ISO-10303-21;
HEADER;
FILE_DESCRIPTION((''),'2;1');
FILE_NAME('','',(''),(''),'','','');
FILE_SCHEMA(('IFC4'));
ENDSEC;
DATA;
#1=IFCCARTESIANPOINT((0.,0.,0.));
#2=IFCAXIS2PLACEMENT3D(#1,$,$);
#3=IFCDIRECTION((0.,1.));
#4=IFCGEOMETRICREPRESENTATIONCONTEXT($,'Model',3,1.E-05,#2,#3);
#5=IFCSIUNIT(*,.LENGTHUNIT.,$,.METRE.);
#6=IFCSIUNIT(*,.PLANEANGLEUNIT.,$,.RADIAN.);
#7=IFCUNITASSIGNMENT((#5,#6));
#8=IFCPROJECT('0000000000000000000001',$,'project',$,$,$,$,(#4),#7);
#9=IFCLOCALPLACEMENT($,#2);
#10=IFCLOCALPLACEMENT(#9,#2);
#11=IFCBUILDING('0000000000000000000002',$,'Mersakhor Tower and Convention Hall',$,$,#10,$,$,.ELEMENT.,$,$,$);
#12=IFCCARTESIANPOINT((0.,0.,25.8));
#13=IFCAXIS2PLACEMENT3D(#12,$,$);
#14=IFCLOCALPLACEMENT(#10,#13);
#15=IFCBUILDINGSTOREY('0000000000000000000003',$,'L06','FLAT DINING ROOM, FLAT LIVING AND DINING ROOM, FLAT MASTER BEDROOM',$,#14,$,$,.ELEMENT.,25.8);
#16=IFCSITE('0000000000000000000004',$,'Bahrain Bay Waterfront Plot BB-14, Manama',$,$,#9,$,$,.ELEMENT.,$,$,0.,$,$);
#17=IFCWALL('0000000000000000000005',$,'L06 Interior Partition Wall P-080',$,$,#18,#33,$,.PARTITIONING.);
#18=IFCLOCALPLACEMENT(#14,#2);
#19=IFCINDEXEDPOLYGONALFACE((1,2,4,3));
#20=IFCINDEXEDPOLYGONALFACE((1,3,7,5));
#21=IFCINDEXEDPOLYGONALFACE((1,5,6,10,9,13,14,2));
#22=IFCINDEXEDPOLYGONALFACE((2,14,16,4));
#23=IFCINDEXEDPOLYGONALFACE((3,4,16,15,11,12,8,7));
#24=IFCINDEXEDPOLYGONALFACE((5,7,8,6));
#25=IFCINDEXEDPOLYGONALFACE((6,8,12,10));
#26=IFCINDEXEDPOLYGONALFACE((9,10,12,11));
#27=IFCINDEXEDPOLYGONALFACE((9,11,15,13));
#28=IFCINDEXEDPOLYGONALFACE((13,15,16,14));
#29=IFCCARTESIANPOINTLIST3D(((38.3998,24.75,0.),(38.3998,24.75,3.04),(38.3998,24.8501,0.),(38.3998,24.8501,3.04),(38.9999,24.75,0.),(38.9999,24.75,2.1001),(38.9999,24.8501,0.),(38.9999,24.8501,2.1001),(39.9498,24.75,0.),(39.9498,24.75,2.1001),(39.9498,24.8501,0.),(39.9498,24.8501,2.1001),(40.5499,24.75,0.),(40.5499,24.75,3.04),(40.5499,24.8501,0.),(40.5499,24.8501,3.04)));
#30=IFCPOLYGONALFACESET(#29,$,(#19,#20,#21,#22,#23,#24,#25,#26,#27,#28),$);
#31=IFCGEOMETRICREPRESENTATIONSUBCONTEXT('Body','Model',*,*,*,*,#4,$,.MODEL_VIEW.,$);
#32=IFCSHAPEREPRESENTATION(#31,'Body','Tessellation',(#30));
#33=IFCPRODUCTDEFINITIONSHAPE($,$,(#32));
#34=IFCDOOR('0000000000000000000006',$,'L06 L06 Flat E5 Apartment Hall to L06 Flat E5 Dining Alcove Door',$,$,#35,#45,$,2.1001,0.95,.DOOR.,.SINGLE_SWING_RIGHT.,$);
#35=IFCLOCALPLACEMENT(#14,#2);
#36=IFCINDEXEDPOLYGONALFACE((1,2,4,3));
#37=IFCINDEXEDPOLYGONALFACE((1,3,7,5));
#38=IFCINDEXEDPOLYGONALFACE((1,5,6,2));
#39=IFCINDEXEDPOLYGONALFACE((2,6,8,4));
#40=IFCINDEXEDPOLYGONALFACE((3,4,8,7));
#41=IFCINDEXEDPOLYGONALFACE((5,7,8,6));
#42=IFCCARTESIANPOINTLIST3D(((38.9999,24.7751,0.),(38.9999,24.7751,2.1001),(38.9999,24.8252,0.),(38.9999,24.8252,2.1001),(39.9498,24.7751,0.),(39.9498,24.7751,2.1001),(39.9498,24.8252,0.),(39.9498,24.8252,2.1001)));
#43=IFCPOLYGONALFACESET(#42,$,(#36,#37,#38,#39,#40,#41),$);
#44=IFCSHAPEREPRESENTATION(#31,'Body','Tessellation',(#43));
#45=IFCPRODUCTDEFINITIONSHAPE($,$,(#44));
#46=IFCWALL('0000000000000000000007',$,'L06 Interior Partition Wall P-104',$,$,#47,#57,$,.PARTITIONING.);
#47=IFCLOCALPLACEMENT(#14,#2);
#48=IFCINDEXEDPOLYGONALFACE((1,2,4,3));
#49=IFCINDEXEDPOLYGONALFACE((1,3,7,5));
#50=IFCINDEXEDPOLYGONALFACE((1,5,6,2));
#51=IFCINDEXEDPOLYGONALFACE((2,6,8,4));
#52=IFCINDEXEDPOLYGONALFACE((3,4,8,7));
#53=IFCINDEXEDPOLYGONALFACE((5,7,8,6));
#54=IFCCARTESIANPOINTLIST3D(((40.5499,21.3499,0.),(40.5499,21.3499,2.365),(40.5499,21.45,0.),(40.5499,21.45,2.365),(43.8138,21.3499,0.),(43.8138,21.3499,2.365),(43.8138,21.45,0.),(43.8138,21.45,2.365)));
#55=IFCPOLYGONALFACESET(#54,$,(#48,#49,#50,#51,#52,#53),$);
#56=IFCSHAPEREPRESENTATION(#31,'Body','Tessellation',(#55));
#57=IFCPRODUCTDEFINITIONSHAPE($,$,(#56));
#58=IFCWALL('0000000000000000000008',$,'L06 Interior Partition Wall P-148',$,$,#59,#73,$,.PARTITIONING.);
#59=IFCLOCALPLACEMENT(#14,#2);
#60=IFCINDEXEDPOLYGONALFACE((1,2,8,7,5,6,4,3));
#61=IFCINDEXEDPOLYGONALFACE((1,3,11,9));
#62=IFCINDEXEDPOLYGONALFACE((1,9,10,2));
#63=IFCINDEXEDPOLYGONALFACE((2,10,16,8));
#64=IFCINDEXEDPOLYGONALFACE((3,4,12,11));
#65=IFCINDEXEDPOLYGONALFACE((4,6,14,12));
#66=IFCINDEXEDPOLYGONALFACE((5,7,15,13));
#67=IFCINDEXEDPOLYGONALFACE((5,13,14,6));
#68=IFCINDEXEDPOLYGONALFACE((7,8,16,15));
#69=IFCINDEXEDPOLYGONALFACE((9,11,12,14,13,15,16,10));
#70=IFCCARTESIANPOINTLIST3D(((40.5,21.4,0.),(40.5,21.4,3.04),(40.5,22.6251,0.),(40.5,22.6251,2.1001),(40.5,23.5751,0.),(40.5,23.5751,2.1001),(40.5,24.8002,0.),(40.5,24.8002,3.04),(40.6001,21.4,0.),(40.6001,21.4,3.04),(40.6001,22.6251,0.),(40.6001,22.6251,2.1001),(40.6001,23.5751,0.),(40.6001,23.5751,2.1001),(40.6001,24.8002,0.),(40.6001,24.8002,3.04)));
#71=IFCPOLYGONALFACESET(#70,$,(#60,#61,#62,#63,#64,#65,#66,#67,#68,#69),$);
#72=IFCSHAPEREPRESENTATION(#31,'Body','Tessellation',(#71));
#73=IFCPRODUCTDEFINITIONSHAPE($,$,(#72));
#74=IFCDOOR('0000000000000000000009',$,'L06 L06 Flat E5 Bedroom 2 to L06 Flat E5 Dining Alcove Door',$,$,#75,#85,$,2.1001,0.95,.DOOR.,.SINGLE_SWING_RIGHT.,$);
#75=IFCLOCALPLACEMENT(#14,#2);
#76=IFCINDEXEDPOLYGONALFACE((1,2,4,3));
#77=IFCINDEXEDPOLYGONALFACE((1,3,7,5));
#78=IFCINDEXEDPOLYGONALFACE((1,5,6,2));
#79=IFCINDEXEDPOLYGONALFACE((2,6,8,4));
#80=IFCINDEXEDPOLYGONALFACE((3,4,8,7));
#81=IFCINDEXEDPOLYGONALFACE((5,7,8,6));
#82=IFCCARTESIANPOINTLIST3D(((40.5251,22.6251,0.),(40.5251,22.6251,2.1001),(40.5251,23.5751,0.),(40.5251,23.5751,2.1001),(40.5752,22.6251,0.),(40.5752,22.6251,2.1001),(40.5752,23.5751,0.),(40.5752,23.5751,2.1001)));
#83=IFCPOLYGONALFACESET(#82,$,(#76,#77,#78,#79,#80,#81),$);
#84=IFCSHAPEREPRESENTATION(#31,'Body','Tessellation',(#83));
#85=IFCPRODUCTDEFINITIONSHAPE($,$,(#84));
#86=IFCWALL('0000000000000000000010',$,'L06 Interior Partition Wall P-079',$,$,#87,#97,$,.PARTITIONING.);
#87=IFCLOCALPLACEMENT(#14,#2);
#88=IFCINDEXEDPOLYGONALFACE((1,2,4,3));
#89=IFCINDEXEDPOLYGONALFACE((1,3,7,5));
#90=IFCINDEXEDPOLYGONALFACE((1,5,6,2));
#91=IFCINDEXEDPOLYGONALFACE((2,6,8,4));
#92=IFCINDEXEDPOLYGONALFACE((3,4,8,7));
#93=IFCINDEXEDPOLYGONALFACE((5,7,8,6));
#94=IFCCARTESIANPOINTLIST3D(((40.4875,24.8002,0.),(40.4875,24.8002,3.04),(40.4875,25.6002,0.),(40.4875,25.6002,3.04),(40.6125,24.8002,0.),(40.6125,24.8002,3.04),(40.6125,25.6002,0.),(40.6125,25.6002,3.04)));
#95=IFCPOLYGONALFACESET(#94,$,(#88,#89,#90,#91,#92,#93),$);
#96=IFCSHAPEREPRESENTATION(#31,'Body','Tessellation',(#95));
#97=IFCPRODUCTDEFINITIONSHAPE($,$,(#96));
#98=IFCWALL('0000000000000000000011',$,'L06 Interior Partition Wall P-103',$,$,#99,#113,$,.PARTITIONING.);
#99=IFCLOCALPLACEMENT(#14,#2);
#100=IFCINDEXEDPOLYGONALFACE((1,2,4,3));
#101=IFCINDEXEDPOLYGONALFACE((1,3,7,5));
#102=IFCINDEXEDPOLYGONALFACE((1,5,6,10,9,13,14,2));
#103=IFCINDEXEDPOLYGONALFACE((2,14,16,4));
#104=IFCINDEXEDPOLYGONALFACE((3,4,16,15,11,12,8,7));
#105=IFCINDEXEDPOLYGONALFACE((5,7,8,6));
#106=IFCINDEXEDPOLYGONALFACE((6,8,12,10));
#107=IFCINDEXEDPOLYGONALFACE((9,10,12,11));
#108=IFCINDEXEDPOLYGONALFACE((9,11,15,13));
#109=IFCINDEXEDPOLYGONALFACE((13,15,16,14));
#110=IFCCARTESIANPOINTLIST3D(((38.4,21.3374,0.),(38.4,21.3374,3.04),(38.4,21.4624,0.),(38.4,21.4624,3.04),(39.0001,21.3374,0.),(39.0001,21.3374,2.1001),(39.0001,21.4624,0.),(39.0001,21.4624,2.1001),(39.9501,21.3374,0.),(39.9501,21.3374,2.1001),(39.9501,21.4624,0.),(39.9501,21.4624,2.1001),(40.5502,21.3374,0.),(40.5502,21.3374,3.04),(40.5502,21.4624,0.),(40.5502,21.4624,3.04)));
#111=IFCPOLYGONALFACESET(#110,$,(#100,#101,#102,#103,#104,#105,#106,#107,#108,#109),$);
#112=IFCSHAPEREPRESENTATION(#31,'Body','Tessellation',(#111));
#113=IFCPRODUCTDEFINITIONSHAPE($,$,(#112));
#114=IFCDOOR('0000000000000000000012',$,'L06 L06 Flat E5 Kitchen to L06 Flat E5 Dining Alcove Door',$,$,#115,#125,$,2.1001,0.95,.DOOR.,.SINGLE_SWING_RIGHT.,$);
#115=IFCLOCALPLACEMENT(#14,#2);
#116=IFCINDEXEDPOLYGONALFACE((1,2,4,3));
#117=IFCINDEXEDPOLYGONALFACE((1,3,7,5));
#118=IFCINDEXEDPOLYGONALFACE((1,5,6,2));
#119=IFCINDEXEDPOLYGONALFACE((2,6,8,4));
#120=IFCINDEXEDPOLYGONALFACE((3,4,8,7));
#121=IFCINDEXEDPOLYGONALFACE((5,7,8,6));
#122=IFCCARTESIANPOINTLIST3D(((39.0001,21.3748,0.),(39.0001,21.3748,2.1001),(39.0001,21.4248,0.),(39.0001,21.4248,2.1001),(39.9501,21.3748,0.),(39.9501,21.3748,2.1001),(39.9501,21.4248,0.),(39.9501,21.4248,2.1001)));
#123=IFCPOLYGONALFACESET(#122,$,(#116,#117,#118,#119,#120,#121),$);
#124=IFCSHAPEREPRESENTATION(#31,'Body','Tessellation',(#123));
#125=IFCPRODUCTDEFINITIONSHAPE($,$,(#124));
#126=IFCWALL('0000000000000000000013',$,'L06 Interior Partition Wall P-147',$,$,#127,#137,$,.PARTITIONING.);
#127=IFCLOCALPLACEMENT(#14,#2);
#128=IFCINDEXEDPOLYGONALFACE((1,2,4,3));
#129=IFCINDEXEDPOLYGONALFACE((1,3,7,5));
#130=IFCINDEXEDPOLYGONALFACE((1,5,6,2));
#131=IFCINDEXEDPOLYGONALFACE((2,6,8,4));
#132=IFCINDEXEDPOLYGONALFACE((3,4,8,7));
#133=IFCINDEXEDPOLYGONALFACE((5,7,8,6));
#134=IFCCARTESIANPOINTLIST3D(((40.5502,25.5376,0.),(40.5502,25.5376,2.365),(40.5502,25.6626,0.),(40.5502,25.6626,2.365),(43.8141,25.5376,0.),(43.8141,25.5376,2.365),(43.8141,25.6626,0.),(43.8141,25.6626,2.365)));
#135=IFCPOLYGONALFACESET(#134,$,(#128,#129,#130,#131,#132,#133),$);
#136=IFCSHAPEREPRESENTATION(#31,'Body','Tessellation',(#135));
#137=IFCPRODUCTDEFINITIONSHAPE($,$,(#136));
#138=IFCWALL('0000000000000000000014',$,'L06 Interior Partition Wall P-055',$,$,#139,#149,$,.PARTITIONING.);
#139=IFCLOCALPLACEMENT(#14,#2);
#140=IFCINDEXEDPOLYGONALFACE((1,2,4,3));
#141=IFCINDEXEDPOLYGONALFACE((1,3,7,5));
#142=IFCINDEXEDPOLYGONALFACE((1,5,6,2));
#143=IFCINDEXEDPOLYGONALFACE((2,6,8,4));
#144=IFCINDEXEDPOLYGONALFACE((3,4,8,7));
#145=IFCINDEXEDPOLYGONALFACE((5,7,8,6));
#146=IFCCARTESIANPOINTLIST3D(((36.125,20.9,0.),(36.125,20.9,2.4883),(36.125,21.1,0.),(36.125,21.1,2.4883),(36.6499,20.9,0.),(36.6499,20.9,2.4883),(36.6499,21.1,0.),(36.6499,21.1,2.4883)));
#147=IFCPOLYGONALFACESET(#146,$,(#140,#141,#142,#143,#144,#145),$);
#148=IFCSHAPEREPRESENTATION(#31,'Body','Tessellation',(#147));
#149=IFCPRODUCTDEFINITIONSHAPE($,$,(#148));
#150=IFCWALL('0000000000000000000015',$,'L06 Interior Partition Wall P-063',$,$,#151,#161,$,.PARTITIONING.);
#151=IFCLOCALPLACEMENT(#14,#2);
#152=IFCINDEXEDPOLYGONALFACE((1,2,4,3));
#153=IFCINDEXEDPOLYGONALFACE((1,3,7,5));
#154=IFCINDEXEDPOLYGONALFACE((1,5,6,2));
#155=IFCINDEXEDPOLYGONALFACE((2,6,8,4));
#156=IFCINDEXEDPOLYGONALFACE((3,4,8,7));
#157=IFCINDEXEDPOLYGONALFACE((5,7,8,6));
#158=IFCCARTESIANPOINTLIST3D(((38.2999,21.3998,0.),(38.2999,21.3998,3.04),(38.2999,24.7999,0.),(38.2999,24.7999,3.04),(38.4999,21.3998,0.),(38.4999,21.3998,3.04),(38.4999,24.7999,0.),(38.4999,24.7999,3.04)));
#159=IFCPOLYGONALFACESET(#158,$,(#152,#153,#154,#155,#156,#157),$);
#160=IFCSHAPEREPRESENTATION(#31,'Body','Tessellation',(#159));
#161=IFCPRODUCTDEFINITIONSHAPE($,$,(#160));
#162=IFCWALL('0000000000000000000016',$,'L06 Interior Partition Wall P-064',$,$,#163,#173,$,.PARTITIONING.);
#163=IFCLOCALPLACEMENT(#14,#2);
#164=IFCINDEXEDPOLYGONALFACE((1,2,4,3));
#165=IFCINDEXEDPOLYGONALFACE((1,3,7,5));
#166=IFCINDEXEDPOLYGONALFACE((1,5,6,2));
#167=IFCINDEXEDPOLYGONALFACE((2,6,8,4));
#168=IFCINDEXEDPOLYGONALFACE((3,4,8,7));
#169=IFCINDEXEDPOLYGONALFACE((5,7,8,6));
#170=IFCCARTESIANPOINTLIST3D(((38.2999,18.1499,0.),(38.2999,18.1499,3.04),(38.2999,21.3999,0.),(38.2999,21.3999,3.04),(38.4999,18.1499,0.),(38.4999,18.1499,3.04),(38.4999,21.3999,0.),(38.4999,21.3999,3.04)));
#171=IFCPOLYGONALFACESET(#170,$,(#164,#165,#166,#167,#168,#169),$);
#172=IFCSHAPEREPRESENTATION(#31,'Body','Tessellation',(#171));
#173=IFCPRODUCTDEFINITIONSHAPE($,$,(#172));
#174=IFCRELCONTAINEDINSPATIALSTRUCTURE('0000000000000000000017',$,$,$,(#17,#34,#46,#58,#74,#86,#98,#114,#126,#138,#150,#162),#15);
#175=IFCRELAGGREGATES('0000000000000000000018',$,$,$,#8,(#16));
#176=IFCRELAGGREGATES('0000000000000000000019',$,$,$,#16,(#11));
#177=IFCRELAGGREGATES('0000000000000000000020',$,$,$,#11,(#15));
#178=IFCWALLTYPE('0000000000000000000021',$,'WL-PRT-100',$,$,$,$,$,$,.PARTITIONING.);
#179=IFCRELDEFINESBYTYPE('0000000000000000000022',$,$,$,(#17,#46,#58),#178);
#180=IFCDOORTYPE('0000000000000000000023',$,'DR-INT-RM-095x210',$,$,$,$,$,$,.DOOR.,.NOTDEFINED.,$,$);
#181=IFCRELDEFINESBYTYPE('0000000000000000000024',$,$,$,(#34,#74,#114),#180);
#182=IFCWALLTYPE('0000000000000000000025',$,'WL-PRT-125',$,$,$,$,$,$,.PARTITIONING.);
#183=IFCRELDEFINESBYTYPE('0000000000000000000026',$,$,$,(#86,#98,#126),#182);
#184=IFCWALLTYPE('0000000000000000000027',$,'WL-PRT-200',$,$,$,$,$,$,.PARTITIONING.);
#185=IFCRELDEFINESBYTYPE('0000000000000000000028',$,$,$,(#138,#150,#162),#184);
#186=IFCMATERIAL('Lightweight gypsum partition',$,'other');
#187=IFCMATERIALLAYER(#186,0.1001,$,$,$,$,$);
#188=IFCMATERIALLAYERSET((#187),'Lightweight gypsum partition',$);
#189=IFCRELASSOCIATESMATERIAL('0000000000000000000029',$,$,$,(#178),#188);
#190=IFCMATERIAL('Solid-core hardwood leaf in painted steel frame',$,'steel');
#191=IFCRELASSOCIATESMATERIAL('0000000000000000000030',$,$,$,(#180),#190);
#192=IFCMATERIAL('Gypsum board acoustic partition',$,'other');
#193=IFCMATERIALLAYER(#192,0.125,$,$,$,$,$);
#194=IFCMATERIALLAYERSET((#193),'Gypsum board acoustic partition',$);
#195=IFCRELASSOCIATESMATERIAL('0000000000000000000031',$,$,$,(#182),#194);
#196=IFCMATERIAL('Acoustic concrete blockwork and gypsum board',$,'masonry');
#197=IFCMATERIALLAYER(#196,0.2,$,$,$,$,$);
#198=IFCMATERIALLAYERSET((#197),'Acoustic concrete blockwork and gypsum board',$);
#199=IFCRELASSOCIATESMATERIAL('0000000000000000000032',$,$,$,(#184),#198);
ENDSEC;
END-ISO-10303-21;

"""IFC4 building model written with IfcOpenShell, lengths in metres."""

from ifc_helpers import new_model, si_unit, direction, frame, frame_2d, origin, place, context, subcontext, project, spatial, rectangle, extrude, material, layer, layer_set, type_object, element, fill, save


model = new_model("IFC4")

# Units and contexts
model_context = context("Model", 3, precision=1e-05, world=origin(), true_north=direction((0.0, 1.0)))
body_context = subcontext(model_context, "Body", "Model", "MODEL_VIEW")
ifc_project = project(units=[si_unit("LENGTHUNIT", "METRE"), si_unit("PLANEANGLEUNIT", "RADIAN")], contexts=[model_context])

# Site, building, storey
site_placement = place(None, origin())
site = spatial("IfcSite", under=ifc_project, at=site_placement, Name="Bahrain Bay Waterfront Plot BB-14, Manama", CompositionType="ELEMENT", RefElevation=0.0)
building_placement = place(site_placement, origin())
building = spatial("IfcBuilding", under=site, at=building_placement, Name="Mersakhor Tower and Convention Hall", CompositionType="ELEMENT")
storey_placement = place(building_placement, frame((0.0, 0.0, 25.8)))
storey = spatial("IfcBuildingStorey", under=building, at=storey_placement, Name="L06", Description="FLAT DINING ROOM, FLAT LIVING AND DINING ROOM, FLAT MASTER BEDROOM", CompositionType="ELEMENT", Elevation=25.8)

# Wall, opening, door
ifc_material_1 = material(Name="Lightweight gypsum partition", Category="other")
ifc_layer_1 = layer(ifc_material_1, 0.1001)
ifc_layer_set_1 = layer_set([ifc_layer_1], Name="Lightweight gypsum partition")
wall_type_1 = type_object("IfcWallType", Name="WL-PRT-100", PredefinedType="PARTITIONING", material=ifc_layer_set_1)
wall_1_placement = place(storey_placement, frame((40.55, 24.8, 0.0), z_axis=(0.0, 0.0, 1.0), x_axis=(-1.0, 0.0, 0.0)))
wall_1 = element("IfcWall", 1, at=wall_1_placement, inside=storey, type_object=wall_type_1, Name="L06 Interior Partition Wall P-080", PredefinedType="PARTITIONING", context=body_context, shape_type="SweptSolid", body=[
    extrude(rectangle(XDim=2.1501, YDim=0.1001, at=frame_2d((1.0752, 0.0))), origin(), (0.0, 0.0, 1.0), 3.04),
])
opening_1_placement = place(wall_1_placement, frame((0.6001, 0.0, 0.0)))
opening_1 = element("IfcOpeningElement", 2, at=opening_1_placement, cuts=wall_1, PredefinedType="OPENING", context=body_context, shape_type="SweptSolid", body=[
    extrude(rectangle(XDim=0.95, YDim=2.1001, at=frame_2d((0.4751, 1.05))), frame((0.0, 0.0601, 0.0), z_axis=(0.0, -1.0, 0.0), x_axis=(1.0, 0.0, 0.0)), (0.0, 0.0, 1.0), 0.1201),
])
ifc_material_2 = material(Name="Solid-core hardwood leaf in painted steel frame", Category="steel")
door_type = type_object("IfcDoorType", Name="DR-INT-RM-095x210", OperationType="NOTDEFINED", PredefinedType="DOOR", material=ifc_material_2)
door_1_placement = place(opening_1_placement, origin())
door_1 = element("IfcDoor", 3, at=door_1_placement, inside=storey, type_object=door_type, Name="L06 L06 Flat E5 Apartment Hall to L06 Flat E5 Dining Alcove Door", OperationType="SINGLE_SWING_RIGHT", OverallHeight=2.1001, OverallWidth=0.95, PredefinedType="DOOR", context=body_context, shape_type="SweptSolid", body=[
    extrude(rectangle(XDim=0.95, YDim=2.1001, at=frame_2d((0.4751, 1.05))), frame((0.0, 0.0249, 0.0), z_axis=(0.0, -1.0, 0.0), x_axis=(1.0, 0.0, 0.0)), (0.0, 0.0, 1.0), 0.05),
])
fill(opening_1, door_1)

# Wall
wall_2_placement = place(storey_placement, frame((40.55, 21.3999, 0.0), z_axis=(0.0, 0.0, 1.0), x_axis=(1.0, 0.0, 0.0)))
element("IfcWall", 4, at=wall_2_placement, inside=storey, type_object=wall_type_1, Name="L06 Interior Partition Wall P-104", PredefinedType="PARTITIONING", context=body_context, shape_type="SweptSolid", body=[
    extrude(rectangle(XDim=3.2639, YDim=0.1001, at=frame_2d((1.6318, 0.0))), origin(), (0.0, 0.0, 1.0), 2.365),
])

# Wall, opening, door
wall_3_placement = place(storey_placement, frame((40.55, 21.3999, 0.0), z_axis=(0.0, 0.0, 1.0), x_axis=(0.0, 1.0, 0.0)))
wall_3 = element("IfcWall", 5, at=wall_3_placement, inside=storey, type_object=wall_type_1, Name="L06 Interior Partition Wall P-148", PredefinedType="PARTITIONING", context=body_context, shape_type="SweptSolid", body=[
    extrude(rectangle(XDim=3.4001, YDim=0.1001, at=frame_2d((1.7002, 0.0))), origin(), (0.0, 0.0, 1.0), 3.04),
])
opening_2_placement = place(wall_3_placement, frame((1.2251, 0.0, 0.0)))
opening_2 = element("IfcOpeningElement", 6, at=opening_2_placement, cuts=wall_3, PredefinedType="OPENING", context=body_context, shape_type="SweptSolid", body=[
    extrude(rectangle(XDim=0.95, YDim=2.1001, at=frame_2d((0.4751, 1.05))), frame((0.0, 0.0601, 0.0), z_axis=(0.0, -1.0, 0.0), x_axis=(1.0, 0.0, 0.0)), (0.0, 0.0, 1.0), 0.1201),
])
door_2_placement = place(opening_2_placement, origin())
door_2 = element("IfcDoor", 7, at=door_2_placement, inside=storey, type_object=door_type, Name="L06 L06 Flat E5 Bedroom 2 to L06 Flat E5 Dining Alcove Door", OperationType="SINGLE_SWING_RIGHT", OverallHeight=2.1001, OverallWidth=0.95, PredefinedType="DOOR", context=body_context, shape_type="SweptSolid", body=[
    extrude(rectangle(XDim=0.95, YDim=2.1001, at=frame_2d((0.4751, 1.05))), frame((0.0, 0.0249, 0.0), z_axis=(0.0, -1.0, 0.0), x_axis=(1.0, 0.0, 0.0)), (0.0, 0.0, 1.0), 0.05),
])
fill(opening_2, door_2)

# Wall
ifc_material_3 = material(Name="Gypsum board acoustic partition", Category="other")
ifc_layer_2 = layer(ifc_material_3, 0.125)
ifc_layer_set_2 = layer_set([ifc_layer_2], Name="Gypsum board acoustic partition")
wall_type_2 = type_object("IfcWallType", Name="WL-PRT-125", PredefinedType="PARTITIONING", material=ifc_layer_set_2)
wall_4_placement = place(storey_placement, frame((40.55, 25.6001, 0.0), z_axis=(0.0, 0.0, 1.0), x_axis=(0.0, -1.0, 0.0)))
element("IfcWall", 8, at=wall_4_placement, inside=storey, type_object=wall_type_2, Name="L06 Interior Partition Wall P-079", PredefinedType="PARTITIONING", context=body_context, shape_type="SweptSolid", body=[
    extrude(rectangle(XDim=0.8, YDim=0.125, at=frame_2d((0.3999, 0.0))), origin(), (0.0, 0.0, 1.0), 3.04),
])

# Wall, opening, door
wall_5_placement = place(storey_placement, frame((38.3999, 21.3999, 0.0), z_axis=(0.0, 0.0, 1.0), x_axis=(1.0, 0.0, 0.0)))
wall_5 = element("IfcWall", 9, at=wall_5_placement, inside=storey, type_object=wall_type_2, Name="L06 Interior Partition Wall P-103", PredefinedType="PARTITIONING", context=body_context, shape_type="SweptSolid", body=[
    extrude(rectangle(XDim=2.1501, YDim=0.125, at=frame_2d((1.0752, 0.0))), origin(), (0.0, 0.0, 1.0), 3.04),
])
opening_3_placement = place(wall_5_placement, frame((0.6001, 0.0, 0.0)))
opening_3 = element("IfcOpeningElement", 10, at=opening_3_placement, cuts=wall_5, PredefinedType="OPENING", context=body_context, shape_type="SweptSolid", body=[
    extrude(rectangle(XDim=0.95, YDim=2.1001, at=frame_2d((0.4751, 1.05))), frame((0.0, 0.0725, 0.0), z_axis=(0.0, -1.0, 0.0), x_axis=(1.0, 0.0, 0.0)), (0.0, 0.0, 1.0), 0.145),
])
door_3_placement = place(opening_3_placement, origin())
door_3 = element("IfcDoor", 11, at=door_3_placement, inside=storey, type_object=door_type, Name="L06 L06 Flat E5 Kitchen to L06 Flat E5 Dining Alcove Door", OperationType="SINGLE_SWING_RIGHT", OverallHeight=2.1001, OverallWidth=0.95, PredefinedType="DOOR", context=body_context, shape_type="SweptSolid", body=[
    extrude(rectangle(XDim=0.95, YDim=2.1001, at=frame_2d((0.4751, 1.05))), frame((0.0, 0.0249, 0.0), z_axis=(0.0, -1.0, 0.0), x_axis=(1.0, 0.0, 0.0)), (0.0, 0.0, 1.0), 0.05),
])
fill(opening_3, door_3)

# Walls
wall_6_placement = place(storey_placement, frame((43.814, 25.6001, 0.0), z_axis=(0.0, 0.0, 1.0), x_axis=(-1.0, 0.0, 0.0)))
element("IfcWall", 12, at=wall_6_placement, inside=storey, type_object=wall_type_2, Name="L06 Interior Partition Wall P-147", PredefinedType="PARTITIONING", context=body_context, shape_type="SweptSolid", body=[
    extrude(rectangle(XDim=3.2639, YDim=0.125, at=frame_2d((1.6318, 0.0))), origin(), (0.0, 0.0, 1.0), 2.365),
])
ifc_material_4 = material(Name="Acoustic concrete blockwork and gypsum board", Category="masonry")
ifc_layer_3 = layer(ifc_material_4, 0.2)
ifc_layer_set_3 = layer_set([ifc_layer_3], Name="Acoustic concrete blockwork and gypsum board")
wall_type_3 = type_object("IfcWallType", Name="WL-PRT-200", PredefinedType="PARTITIONING", material=ifc_layer_set_3)
wall_7_placement = place(storey_placement, frame((36.6499, 21.0, 0.0), z_axis=(0.0, 0.0, 1.0), x_axis=(-1.0, 0.0, 0.0)))
element("IfcWall", 13, at=wall_7_placement, inside=storey, type_object=wall_type_3, Name="L06 Interior Partition Wall P-055", PredefinedType="PARTITIONING", context=body_context, shape_type="SweptSolid", body=[
    extrude(rectangle(XDim=0.5249, YDim=0.2, at=frame_2d((0.2625, 0.0))), origin(), (0.0, 0.0, 1.0), 2.4883),
])
wall_8_placement = place(storey_placement, frame((38.3999, 24.8, 0.0), z_axis=(0.0, 0.0, 1.0), x_axis=(0.0, -1.0, 0.0)))
element("IfcWall", 14, at=wall_8_placement, inside=storey, type_object=wall_type_3, Name="L06 Interior Partition Wall P-063", PredefinedType="PARTITIONING", context=body_context, shape_type="SweptSolid", body=[
    extrude(rectangle(XDim=3.4001, YDim=0.2, at=frame_2d((1.7002, 0.0))), origin(), (0.0, 0.0, 1.0), 3.04),
])
wall_9_placement = place(storey_placement, frame((38.3999, 21.3999, 0.0), z_axis=(0.0, 0.0, 1.0), x_axis=(0.0, -1.0, 0.0)))
element("IfcWall", 15, at=wall_9_placement, inside=storey, type_object=wall_type_3, Name="L06 Interior Partition Wall P-064", PredefinedType="PARTITIONING", context=body_context, shape_type="SweptSolid", body=[
    extrude(rectangle(XDim=3.25, YDim=0.2, at=frame_2d((1.625, 0.0))), origin(), (0.0, 0.0, 1.0), 3.04),
])

save(model, "model.ifc")
